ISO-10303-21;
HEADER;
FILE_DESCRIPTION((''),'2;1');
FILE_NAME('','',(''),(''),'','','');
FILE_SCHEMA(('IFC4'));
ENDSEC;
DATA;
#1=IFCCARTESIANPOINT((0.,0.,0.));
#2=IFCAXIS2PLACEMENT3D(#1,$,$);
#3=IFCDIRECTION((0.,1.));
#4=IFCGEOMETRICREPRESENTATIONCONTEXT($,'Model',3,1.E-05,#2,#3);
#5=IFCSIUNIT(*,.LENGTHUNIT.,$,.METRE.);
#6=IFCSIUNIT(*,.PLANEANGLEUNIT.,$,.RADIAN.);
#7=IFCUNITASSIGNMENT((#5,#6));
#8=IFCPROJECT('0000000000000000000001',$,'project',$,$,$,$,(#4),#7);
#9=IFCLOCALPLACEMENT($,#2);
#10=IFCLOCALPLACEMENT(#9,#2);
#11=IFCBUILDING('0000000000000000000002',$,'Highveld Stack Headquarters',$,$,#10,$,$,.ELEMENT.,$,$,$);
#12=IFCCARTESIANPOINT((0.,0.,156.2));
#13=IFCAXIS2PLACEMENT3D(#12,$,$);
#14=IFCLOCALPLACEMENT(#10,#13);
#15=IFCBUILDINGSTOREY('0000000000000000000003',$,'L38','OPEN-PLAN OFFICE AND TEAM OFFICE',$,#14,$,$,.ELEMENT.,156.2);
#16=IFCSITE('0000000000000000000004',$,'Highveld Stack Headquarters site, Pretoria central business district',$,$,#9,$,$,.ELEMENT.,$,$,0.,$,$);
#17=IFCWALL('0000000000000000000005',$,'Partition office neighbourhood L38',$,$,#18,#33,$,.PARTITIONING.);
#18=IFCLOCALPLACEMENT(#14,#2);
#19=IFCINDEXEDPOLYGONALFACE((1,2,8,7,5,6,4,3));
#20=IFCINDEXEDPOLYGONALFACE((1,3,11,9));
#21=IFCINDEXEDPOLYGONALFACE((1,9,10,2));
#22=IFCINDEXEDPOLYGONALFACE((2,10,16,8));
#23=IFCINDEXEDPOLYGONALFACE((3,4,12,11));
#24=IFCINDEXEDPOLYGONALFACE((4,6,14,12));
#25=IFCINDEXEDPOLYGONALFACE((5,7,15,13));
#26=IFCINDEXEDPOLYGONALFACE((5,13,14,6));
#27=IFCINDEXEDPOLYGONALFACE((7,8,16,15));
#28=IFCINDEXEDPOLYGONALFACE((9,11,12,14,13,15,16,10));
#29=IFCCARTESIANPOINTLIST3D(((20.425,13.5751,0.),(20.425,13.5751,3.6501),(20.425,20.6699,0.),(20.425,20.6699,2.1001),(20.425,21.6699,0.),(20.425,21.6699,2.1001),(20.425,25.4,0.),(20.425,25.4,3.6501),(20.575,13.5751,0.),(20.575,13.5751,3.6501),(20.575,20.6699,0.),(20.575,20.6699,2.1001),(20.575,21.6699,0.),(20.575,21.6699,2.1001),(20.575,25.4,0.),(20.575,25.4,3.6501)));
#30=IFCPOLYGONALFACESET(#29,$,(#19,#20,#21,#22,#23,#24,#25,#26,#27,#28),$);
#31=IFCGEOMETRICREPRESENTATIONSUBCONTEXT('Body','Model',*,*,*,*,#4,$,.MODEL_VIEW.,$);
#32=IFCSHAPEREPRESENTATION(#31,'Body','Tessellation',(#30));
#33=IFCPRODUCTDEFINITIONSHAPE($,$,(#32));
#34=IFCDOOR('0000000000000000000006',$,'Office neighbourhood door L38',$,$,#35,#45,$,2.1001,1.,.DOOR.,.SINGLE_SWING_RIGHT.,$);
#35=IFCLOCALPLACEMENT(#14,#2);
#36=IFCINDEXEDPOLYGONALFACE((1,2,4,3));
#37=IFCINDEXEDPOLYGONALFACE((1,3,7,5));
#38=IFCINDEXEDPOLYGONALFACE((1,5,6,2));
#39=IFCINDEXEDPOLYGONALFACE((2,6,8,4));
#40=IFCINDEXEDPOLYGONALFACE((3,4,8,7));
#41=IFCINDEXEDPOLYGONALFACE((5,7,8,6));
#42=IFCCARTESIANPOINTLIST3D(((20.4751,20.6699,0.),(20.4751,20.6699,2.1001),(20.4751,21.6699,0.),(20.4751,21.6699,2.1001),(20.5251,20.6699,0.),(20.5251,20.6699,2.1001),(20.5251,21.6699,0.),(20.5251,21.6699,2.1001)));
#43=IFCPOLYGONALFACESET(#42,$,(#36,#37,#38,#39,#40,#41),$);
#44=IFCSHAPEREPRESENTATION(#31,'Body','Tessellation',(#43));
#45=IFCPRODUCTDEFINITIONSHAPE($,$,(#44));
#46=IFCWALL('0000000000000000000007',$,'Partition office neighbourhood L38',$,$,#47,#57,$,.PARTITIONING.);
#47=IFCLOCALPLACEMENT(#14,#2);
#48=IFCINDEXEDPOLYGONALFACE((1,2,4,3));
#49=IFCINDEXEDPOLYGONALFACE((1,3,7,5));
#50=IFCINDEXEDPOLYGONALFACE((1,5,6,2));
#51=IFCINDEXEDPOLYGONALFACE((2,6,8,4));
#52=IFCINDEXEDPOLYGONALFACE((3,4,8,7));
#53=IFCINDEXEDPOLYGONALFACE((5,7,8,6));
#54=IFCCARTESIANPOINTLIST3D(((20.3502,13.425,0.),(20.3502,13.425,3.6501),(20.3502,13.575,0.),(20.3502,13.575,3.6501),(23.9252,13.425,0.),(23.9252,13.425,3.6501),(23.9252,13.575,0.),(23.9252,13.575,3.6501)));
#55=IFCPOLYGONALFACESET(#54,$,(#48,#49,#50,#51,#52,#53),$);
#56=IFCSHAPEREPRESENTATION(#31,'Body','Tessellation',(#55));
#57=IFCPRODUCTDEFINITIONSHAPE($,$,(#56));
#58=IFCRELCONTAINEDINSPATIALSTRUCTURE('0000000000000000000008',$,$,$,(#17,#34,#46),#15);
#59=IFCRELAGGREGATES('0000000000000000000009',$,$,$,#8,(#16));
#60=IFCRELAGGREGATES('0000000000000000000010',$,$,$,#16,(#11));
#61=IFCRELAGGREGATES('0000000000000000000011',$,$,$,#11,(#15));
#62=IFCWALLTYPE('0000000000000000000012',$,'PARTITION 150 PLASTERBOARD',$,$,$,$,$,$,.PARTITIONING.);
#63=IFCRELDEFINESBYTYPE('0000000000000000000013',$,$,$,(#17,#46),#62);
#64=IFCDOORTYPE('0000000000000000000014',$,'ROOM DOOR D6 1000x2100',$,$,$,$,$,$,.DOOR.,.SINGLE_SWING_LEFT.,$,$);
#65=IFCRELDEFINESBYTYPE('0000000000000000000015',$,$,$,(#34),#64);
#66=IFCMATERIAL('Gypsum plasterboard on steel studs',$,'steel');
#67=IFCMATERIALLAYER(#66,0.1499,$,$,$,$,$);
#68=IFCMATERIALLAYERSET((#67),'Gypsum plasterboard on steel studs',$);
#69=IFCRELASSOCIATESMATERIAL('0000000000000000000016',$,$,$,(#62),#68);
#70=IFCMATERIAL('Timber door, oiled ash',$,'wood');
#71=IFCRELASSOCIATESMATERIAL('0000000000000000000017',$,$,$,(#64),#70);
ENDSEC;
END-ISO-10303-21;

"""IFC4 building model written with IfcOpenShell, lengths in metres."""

from ifc_helpers import new_model, si_unit, direction, frame, frame_2d, origin, place, context, subcontext, project, spatial, rectangle, extrude, material, layer, layer_set, type_object, element, fill, save


model = new_model("IFC4")

# Units and contexts
model_context = context("Model", 3, precision=1e-05, world=origin(), true_north=direction((0.0, 1.0)))
body_context = subcontext(model_context, "Body", "Model", "MODEL_VIEW")
ifc_project = project(units=[si_unit("LENGTHUNIT", "METRE"), si_unit("PLANEANGLEUNIT", "RADIAN")], contexts=[model_context])

# Site, building, storey
site_placement = place(None, origin())
site = spatial("IfcSite", under=ifc_project, at=site_placement, Name="Highveld Stack Headquarters site, Pretoria central business district", CompositionType="ELEMENT", RefElevation=0.0)
building_placement = place(site_placement, origin())
building = spatial("IfcBuilding", under=site, at=building_placement, Name="Highveld Stack Headquarters", CompositionType="ELEMENT")
storey_placement = place(building_placement, frame((0.0, 0.0, 156.2)))
storey = spatial("IfcBuildingStorey", under=building, at=storey_placement, Name="L38", Description="OPEN-PLAN OFFICE AND TEAM OFFICE", CompositionType="ELEMENT", Elevation=156.2)

# Shared definitions
ifc_material_1 = material(Name="Gypsum plasterboard on steel studs", Category="steel")
ifc_layer_1 = layer(ifc_material_1, 0.1499)
ifc_layer_set_1 = layer_set([ifc_layer_1], Name="Gypsum plasterboard on steel studs")
wall_type_1 = type_object("IfcWallType", Name="PARTITION 150 PLASTERBOARD", PredefinedType="PARTITIONING", material=ifc_layer_set_1)
ifc_material_2 = material(Name="Timber door, oiled ash", Category="wood")
door_type_1 = type_object("IfcDoorType", Name="ROOM DOOR D6 1000x2100", OperationType="SINGLE_SWING_LEFT", PredefinedType="DOOR", material=ifc_material_2)

# Wall, opening, door
wall_1_placement = place(storey_placement, frame((20.5, 13.575, 0.0), z_axis=(0.0, 0.0, 1.0), x_axis=(0.0, 1.0, 0.0)))
wall_1 = element("IfcWall", 1, at=wall_1_placement, inside=storey, type_object=wall_type_1, Name="Partition office neighbourhood L38", PredefinedType="PARTITIONING", context=body_context, shape_type="SweptSolid", body=[
    extrude(rectangle(XDim=11.825, YDim=0.1499, at=frame_2d((5.9126, 0.0))), origin(), (0.0, 0.0, 1.0), 3.6501),
])
opening_1_placement = place(wall_1_placement, frame((7.095, 0.0, 0.0)))
opening_1 = element("IfcOpeningElement", 2, at=opening_1_placement, cuts=wall_1, PredefinedType="OPENING", context=body_context, shape_type="SweptSolid", body=[
    extrude(rectangle(XDim=1.0, YDim=2.1001, at=frame_2d((0.5, 1.05))), frame((0.0, 0.085, 0.0), z_axis=(0.0, -1.0, 0.0), x_axis=(1.0, 0.0, 0.0)), (0.0, 0.0, 1.0), 0.1699),
])
door_1_placement = place(opening_1_placement, origin())
door_1 = element("IfcDoor", 3, at=door_1_placement, inside=storey, type_object=door_type_1, Name="Office neighbourhood door L38", OperationType="SINGLE_SWING_RIGHT", OverallHeight=2.1001, OverallWidth=1.0, PredefinedType="DOOR", context=body_context, shape_type="SweptSolid", body=[
    extrude(rectangle(XDim=1.0, YDim=2.1001, at=frame_2d((0.5, 1.05))), frame((0.0, 0.0249, 0.0), z_axis=(0.0, -1.0, 0.0), x_axis=(1.0, 0.0, 0.0)), (0.0, 0.0, 1.0), 0.05),
])
fill(opening_1, door_1)

# Wall
wall_2_placement = place(storey_placement, frame((20.3501, 13.5, 0.0), z_axis=(0.0, 0.0, 1.0), x_axis=(1.0, 0.0, 0.0)))
element("IfcWall", 4, at=wall_2_placement, inside=storey, type_object=wall_type_1, Name="Partition office neighbourhood L38", PredefinedType="PARTITIONING", context=body_context, shape_type="SweptSolid", body=[
    extrude(rectangle(XDim=3.575, YDim=0.1499, at=frame_2d((1.7876, 0.0))), origin(), (0.0, 0.0, 1.0), 3.6501),
])

save(model, "model.ifc")
